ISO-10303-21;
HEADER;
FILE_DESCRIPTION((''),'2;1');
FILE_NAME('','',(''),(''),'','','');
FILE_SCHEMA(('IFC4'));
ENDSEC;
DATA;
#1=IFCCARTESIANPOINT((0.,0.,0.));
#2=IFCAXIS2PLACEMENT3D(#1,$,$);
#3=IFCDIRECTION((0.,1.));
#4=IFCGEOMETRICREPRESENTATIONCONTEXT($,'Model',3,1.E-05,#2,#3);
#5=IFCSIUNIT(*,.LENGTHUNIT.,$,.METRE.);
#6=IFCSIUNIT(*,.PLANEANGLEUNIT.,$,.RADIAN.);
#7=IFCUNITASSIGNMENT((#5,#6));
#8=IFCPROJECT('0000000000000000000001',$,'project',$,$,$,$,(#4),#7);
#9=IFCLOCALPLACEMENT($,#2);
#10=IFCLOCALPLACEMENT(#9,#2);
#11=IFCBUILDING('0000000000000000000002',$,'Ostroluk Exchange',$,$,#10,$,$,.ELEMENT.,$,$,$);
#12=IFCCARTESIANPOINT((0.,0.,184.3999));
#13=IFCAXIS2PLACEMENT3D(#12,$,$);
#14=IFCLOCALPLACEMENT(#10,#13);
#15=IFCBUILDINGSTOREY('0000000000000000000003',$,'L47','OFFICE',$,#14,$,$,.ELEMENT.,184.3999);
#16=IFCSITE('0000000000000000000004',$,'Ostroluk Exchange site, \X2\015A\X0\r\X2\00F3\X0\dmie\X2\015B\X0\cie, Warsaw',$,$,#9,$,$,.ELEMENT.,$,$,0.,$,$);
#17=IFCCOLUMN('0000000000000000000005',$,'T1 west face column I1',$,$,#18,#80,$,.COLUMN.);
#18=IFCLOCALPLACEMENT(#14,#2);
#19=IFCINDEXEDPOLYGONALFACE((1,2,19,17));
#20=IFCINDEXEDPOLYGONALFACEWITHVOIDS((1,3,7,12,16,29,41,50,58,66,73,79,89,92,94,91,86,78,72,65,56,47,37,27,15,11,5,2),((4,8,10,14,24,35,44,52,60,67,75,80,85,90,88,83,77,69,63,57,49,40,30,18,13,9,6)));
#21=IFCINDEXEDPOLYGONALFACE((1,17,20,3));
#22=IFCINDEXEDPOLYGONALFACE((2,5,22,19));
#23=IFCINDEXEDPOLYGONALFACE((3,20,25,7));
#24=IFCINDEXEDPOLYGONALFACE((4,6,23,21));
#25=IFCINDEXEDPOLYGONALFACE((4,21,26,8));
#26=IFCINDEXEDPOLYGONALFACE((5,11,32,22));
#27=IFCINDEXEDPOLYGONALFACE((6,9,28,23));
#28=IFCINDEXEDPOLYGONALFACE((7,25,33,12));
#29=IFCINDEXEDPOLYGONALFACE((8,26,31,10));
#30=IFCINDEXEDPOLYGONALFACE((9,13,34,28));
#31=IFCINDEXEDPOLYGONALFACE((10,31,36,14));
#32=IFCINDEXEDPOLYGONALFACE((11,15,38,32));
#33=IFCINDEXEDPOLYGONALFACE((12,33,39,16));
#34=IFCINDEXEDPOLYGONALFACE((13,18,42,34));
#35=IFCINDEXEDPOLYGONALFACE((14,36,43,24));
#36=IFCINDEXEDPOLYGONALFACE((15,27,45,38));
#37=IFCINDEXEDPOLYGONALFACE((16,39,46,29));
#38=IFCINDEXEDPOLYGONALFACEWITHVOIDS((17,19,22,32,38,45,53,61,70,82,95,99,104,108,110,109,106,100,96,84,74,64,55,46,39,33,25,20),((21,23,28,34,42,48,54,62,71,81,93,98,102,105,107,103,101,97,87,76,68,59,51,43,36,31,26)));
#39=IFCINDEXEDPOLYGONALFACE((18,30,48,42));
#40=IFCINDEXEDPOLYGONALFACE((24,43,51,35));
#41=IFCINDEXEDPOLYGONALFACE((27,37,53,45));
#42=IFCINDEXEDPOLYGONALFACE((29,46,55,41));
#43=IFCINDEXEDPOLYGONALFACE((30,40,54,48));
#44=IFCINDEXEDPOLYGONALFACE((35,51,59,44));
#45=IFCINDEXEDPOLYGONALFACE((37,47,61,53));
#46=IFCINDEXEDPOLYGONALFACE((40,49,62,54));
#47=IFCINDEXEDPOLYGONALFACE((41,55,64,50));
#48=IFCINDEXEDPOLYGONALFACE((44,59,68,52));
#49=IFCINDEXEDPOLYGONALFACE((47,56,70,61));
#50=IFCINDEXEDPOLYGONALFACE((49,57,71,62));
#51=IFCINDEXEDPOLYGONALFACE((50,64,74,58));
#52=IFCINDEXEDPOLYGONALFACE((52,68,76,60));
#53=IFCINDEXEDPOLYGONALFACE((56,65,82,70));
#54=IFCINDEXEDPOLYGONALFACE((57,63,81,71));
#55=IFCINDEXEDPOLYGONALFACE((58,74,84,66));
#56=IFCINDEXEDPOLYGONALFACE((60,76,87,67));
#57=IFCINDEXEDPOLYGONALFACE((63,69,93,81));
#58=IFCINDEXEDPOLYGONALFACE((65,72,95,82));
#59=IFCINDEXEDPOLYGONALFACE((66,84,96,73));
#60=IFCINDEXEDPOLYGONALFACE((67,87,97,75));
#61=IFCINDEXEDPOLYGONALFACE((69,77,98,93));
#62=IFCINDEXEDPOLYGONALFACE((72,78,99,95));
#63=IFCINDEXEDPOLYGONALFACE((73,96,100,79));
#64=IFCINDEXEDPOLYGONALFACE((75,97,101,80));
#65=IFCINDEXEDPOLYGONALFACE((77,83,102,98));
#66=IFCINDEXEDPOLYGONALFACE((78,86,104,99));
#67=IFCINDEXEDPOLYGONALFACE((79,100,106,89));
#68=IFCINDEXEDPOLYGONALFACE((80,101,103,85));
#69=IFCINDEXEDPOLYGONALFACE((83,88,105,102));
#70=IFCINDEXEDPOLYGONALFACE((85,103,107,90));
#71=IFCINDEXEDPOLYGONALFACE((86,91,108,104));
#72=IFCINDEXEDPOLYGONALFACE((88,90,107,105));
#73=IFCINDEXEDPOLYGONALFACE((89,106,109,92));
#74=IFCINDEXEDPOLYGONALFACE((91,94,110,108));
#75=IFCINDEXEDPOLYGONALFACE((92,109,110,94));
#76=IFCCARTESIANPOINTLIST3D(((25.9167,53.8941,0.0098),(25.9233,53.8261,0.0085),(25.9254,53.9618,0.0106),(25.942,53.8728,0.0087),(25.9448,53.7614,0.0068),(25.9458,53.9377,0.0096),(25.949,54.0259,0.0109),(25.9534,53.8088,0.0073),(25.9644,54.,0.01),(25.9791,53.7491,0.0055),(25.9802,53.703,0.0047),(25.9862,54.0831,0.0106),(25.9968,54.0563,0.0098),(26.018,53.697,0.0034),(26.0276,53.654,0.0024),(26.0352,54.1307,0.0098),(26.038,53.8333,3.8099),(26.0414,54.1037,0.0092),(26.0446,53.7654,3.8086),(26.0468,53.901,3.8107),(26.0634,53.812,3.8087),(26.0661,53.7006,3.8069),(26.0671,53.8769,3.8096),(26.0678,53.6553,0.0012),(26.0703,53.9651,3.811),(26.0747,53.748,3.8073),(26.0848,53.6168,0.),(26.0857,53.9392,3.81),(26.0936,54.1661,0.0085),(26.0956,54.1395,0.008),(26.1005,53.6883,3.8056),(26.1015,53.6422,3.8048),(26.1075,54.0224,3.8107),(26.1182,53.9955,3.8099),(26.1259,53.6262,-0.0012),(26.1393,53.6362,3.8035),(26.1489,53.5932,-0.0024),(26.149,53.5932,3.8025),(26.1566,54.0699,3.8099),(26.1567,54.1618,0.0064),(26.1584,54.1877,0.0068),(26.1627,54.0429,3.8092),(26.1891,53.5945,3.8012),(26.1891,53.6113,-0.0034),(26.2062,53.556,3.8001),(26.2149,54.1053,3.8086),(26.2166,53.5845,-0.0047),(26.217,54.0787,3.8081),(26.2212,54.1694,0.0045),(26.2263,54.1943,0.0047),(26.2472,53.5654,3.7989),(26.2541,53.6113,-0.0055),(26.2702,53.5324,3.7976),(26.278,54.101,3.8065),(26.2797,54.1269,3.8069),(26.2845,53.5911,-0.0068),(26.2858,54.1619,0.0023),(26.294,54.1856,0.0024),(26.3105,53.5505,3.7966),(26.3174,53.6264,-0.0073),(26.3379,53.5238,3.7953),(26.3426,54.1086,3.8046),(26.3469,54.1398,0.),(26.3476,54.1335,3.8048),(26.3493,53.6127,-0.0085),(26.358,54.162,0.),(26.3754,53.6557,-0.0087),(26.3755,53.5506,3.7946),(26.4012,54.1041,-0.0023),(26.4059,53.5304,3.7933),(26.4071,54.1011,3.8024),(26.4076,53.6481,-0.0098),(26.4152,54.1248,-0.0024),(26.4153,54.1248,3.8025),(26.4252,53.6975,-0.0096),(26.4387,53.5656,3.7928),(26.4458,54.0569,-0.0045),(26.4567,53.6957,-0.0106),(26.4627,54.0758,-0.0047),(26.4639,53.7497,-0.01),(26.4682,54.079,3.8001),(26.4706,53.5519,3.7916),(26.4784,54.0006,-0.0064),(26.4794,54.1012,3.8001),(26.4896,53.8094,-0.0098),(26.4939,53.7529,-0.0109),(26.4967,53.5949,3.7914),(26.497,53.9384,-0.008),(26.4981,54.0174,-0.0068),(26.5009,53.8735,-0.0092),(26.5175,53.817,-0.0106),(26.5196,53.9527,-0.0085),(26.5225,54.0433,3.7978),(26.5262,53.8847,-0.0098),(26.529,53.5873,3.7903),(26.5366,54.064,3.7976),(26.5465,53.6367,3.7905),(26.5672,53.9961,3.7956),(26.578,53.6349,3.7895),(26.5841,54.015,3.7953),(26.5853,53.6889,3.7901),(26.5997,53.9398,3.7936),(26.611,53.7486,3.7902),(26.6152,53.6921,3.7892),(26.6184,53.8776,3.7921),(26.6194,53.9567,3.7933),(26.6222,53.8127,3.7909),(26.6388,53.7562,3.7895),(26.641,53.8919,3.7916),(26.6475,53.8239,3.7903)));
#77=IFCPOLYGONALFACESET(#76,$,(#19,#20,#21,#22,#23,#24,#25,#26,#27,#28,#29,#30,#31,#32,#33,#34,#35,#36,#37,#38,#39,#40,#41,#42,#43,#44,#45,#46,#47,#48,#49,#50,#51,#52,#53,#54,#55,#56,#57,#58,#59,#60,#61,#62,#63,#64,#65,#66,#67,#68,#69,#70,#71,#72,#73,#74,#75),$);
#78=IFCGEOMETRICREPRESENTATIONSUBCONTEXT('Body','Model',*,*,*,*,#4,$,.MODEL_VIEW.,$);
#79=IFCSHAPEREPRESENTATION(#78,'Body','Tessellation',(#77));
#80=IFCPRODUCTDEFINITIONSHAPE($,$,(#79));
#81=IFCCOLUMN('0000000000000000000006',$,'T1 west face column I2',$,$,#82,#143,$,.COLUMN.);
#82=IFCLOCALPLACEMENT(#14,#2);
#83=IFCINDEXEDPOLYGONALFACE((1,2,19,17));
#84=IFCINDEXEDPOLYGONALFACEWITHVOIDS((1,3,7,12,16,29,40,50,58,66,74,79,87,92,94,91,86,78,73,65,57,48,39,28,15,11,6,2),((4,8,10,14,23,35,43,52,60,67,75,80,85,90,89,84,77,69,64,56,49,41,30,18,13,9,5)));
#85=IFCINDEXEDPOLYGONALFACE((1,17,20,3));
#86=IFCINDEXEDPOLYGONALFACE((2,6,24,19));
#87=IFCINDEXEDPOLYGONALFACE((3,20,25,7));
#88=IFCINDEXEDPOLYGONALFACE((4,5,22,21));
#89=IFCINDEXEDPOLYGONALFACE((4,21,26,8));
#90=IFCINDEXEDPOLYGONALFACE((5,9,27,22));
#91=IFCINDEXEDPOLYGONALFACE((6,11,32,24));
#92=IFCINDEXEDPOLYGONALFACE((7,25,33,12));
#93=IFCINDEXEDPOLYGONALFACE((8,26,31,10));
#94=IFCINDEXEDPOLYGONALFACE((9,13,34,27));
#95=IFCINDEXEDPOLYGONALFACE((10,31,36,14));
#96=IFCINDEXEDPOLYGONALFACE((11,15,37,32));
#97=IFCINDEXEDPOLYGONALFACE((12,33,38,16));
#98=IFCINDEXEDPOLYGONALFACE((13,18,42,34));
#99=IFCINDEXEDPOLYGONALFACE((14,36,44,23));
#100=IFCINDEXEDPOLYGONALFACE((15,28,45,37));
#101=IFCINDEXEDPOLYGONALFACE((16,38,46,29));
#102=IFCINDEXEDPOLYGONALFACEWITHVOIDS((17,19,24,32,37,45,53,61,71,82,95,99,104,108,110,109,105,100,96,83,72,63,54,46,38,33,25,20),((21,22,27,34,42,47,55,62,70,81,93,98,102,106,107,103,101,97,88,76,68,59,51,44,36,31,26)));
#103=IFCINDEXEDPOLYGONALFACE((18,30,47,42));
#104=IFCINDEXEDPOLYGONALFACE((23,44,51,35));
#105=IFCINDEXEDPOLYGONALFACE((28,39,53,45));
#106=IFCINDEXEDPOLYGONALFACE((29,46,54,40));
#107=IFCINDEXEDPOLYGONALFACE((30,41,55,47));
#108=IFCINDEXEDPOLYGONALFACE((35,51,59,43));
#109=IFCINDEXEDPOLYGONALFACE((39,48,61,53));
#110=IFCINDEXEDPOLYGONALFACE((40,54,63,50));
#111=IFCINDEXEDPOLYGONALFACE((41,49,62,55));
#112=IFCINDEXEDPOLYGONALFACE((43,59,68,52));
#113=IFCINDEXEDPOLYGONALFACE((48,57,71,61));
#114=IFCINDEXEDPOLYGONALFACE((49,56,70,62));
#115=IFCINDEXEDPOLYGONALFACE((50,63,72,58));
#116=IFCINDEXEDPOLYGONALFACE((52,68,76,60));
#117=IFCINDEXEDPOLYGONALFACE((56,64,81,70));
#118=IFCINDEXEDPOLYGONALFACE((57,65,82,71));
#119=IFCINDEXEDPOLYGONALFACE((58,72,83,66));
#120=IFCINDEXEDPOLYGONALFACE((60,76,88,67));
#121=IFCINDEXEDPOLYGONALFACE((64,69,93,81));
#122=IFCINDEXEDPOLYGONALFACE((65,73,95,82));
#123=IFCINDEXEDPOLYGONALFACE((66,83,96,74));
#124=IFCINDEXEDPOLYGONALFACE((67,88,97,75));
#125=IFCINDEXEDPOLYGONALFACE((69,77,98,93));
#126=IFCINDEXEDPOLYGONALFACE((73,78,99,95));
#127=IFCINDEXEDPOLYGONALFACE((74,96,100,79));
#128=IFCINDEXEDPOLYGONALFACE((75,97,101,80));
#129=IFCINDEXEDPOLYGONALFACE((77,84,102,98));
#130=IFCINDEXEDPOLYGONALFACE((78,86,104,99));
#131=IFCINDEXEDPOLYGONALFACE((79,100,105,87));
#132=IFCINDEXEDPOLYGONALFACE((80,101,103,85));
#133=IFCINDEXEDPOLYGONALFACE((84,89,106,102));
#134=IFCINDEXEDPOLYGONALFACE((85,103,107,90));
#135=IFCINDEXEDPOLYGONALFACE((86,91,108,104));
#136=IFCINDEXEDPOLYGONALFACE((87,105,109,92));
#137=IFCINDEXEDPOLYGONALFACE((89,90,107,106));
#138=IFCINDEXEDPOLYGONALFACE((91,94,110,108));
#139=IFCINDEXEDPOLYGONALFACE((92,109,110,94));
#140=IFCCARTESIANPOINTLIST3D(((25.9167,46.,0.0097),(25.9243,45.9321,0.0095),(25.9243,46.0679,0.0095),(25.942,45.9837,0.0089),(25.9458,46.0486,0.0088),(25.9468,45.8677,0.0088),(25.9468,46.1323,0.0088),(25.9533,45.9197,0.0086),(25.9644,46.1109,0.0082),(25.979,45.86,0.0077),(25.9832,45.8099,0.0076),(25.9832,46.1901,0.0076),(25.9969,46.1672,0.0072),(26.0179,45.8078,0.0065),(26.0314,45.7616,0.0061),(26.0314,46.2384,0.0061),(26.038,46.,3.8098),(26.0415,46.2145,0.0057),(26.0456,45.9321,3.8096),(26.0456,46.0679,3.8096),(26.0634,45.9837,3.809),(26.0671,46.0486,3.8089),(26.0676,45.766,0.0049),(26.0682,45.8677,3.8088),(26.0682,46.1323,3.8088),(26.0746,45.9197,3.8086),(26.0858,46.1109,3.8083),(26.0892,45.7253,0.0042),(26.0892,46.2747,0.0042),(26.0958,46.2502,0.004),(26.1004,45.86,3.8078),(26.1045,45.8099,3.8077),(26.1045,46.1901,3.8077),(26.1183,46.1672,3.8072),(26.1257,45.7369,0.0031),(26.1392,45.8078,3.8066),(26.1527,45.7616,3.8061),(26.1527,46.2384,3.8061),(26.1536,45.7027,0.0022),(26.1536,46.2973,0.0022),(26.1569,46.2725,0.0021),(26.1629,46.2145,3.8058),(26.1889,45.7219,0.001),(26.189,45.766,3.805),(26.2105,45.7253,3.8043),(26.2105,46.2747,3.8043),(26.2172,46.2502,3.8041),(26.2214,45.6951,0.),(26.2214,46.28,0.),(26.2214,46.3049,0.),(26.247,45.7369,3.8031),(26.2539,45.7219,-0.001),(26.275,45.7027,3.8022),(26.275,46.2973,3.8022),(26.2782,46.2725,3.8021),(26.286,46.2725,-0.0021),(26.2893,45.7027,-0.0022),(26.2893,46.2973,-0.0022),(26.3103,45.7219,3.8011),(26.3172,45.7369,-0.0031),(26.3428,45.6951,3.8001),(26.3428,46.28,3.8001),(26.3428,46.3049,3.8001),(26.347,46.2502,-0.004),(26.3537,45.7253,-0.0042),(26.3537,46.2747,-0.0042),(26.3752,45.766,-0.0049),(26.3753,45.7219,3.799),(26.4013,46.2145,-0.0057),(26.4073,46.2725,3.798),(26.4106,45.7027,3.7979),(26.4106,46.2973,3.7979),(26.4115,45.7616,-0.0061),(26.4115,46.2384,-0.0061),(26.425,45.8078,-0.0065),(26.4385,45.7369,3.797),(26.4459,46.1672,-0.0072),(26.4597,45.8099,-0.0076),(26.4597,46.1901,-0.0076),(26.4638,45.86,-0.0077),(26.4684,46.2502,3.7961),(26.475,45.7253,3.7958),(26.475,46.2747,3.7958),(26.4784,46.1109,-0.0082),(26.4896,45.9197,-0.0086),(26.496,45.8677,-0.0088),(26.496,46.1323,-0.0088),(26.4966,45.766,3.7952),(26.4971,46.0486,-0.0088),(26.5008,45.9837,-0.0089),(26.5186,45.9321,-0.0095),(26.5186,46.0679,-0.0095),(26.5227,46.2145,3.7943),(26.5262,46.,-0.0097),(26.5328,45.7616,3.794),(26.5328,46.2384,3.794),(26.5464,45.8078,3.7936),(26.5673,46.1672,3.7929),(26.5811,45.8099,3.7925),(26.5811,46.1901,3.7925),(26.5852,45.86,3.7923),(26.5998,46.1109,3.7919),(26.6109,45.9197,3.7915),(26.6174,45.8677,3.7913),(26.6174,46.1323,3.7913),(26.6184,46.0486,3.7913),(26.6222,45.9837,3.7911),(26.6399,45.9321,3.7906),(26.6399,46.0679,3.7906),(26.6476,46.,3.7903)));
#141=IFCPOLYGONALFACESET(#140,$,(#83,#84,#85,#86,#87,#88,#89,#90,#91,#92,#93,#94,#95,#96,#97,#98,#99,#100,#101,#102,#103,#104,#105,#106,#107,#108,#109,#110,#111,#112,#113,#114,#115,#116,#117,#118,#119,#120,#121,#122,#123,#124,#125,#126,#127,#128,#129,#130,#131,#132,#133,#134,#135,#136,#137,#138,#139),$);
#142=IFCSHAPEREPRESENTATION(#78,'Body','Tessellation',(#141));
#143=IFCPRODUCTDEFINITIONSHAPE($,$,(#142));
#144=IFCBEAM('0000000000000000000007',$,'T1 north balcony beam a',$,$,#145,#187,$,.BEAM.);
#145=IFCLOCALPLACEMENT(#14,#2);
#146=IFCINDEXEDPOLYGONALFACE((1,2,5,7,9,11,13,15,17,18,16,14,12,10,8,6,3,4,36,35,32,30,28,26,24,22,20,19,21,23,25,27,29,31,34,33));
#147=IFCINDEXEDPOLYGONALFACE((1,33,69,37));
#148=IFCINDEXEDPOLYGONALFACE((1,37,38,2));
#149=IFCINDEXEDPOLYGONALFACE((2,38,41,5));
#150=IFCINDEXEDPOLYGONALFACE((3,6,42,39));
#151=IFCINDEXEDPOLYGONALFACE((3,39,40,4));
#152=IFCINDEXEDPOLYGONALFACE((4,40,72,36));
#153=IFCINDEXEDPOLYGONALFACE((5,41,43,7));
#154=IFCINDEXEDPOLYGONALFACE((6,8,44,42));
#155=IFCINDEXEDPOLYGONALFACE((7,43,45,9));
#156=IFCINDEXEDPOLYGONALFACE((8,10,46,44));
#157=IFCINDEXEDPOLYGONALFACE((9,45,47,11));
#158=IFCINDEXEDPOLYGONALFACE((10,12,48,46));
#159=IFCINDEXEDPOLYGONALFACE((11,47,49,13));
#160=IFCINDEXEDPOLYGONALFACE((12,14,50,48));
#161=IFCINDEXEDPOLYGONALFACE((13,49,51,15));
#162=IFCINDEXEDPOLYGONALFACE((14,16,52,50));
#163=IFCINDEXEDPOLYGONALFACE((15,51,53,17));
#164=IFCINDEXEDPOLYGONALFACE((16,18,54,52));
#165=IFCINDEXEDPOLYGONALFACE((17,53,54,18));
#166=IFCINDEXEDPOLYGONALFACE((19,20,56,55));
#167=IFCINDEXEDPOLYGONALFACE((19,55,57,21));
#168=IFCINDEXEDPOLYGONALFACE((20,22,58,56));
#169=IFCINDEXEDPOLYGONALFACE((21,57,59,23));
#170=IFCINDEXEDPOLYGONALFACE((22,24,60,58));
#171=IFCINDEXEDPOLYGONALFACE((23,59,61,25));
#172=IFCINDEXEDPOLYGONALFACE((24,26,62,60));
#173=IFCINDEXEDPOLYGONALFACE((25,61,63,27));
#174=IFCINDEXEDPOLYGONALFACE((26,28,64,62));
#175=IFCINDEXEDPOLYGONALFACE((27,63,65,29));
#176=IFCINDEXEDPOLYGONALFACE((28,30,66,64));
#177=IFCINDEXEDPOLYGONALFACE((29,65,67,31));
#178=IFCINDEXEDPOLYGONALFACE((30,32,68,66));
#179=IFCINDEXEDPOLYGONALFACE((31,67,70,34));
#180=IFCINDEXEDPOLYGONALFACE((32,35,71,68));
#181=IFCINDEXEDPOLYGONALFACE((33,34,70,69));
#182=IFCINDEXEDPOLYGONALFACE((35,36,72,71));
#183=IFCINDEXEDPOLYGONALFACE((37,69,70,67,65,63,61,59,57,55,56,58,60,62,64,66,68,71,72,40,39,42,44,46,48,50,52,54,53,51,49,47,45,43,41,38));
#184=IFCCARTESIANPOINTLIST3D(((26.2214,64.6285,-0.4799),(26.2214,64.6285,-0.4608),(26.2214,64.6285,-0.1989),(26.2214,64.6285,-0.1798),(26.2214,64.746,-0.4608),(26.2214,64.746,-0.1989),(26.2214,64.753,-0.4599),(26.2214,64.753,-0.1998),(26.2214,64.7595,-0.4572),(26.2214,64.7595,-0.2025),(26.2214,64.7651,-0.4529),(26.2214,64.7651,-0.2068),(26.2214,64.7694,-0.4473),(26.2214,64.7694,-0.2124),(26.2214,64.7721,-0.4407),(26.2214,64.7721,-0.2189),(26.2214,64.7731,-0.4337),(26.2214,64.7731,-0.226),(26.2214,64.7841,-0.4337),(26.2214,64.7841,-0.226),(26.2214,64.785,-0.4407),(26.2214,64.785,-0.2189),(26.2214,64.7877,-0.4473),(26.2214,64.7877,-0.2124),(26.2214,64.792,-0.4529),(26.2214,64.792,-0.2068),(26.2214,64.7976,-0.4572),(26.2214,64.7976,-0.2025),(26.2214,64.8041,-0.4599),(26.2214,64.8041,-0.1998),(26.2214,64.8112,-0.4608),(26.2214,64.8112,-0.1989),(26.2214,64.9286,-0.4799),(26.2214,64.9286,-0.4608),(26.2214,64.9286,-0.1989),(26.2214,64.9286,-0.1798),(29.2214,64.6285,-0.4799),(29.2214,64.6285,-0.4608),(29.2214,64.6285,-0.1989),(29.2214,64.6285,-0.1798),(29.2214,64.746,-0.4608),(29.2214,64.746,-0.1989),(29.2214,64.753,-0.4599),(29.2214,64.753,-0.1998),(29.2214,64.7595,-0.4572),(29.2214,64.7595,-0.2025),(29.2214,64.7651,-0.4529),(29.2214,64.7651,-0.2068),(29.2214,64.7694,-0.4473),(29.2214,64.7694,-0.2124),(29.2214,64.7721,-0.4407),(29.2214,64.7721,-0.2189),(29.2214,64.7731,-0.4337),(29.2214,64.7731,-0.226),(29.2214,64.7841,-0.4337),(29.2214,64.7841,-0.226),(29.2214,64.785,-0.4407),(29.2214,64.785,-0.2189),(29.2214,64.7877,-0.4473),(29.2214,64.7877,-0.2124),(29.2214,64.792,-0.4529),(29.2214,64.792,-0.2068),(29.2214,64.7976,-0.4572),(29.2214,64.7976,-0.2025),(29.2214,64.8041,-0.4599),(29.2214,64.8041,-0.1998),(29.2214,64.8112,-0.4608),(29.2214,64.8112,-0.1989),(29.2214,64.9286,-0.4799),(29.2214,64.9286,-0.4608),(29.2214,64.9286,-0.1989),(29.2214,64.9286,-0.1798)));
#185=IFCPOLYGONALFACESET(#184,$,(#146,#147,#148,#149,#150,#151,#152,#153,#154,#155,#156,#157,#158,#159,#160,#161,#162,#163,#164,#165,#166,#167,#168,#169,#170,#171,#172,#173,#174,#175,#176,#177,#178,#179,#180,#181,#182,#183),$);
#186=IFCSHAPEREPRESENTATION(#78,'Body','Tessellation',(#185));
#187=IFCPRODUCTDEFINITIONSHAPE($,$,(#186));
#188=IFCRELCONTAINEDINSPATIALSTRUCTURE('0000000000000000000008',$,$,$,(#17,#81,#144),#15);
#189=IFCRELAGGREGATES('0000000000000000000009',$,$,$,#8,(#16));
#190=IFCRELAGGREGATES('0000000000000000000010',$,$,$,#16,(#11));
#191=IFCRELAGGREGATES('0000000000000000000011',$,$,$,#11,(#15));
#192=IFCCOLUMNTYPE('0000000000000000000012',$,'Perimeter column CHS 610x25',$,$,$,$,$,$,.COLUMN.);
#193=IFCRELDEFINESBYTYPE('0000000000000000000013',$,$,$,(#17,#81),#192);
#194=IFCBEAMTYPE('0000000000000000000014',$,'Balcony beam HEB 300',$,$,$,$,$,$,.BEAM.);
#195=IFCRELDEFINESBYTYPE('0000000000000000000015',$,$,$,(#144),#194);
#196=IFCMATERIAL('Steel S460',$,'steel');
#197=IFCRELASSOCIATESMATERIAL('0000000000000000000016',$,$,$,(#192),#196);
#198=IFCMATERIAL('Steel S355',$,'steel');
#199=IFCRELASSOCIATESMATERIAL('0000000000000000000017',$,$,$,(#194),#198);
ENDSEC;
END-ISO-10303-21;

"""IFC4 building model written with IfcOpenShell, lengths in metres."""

from ifc_helpers import new_model, si_unit, direction, frame, origin, origin_2d, place, context, subcontext, project, spatial, hollow_circle, i_section, extrude, material, material_profile, profile_set, type_object, element, save


model = new_model("IFC4")

# Units and contexts
model_context = context("Model", 3, precision=1e-05, world=origin(), true_north=direction((0.0, 1.0)))
body_context = subcontext(model_context, "Body", "Model", "MODEL_VIEW")
ifc_project = project(units=[si_unit("LENGTHUNIT", "METRE"), si_unit("PLANEANGLEUNIT", "RADIAN")], contexts=[model_context])

# Site, building, storey
site_placement = place(None, origin())
site = spatial("IfcSite", under=ifc_project, at=site_placement, Name="Ostroluk Exchange site, Śródmieście, Warsaw", CompositionType="ELEMENT", RefElevation=0.0)
building_placement = place(site_placement, origin())
building = spatial("IfcBuilding", under=site, at=building_placement, Name="Ostroluk Exchange", CompositionType="ELEMENT")
storey_placement = place(building_placement, frame((0.0, 0.0, 184.3999)))
storey = spatial("IfcBuildingStorey", under=building, at=storey_placement, Name="L47", Description="OFFICE", CompositionType="ELEMENT", Elevation=184.3999)

# Columns
ifc_material_1 = material(Name="Steel S460", Category="steel")
ifc_material_profile_1 = material_profile(ifc_material_1, hollow_circle(Radius=0.3049, WallThickness=0.0249, at=origin_2d()), Name="CHS 610x25")
ifc_profile_set_1 = profile_set([ifc_material_profile_1], Name="Steel S460")
column_type_1 = type_object("IfcColumnType", Name="Perimeter column CHS 610x25", PredefinedType="COLUMN", material=ifc_profile_set_1)
column_1_placement = place(storey_placement, frame((26.2214, 53.8894, 0.0), z_axis=(0.03191, -0.015987, 0.999363), x_axis=(0.447933, 0.894067, 0.0)))
element("IfcColumn", 1, at=column_1_placement, inside=storey, type_object=column_type_1, Name="T1 west face column I1", PredefinedType="COLUMN", context=body_context, shape_type="SweptSolid", body=[
    extrude(hollow_circle(Radius=0.3049, WallThickness=0.0249, at=origin_2d()), origin(), (0.0, 0.0, 1.0), 3.8025),
])
column_2_placement = place(storey_placement, frame((26.2214, 46.0, 0.0), z_axis=(0.031914, 0.0, 0.999491), x_axis=(0.0, 1.0, 0.0)))
element("IfcColumn", 2, at=column_2_placement, inside=storey, type_object=column_type_1, Name="T1 west face column I2", PredefinedType="COLUMN", context=body_context, shape_type="SweptSolid", body=[
    extrude(hollow_circle(Radius=0.3049, WallThickness=0.0249, at=origin_2d()), origin(), (0.0, 0.0, 1.0), 3.802),
])

# Beam
ifc_material_2 = material(Name="Steel S355", Category="steel")
ifc_material_profile_2 = material_profile(ifc_material_2, i_section(OverallWidth=0.3, OverallDepth=0.3, WebThickness=0.011, FlangeThickness=0.019, FilletRadius=0.0271, at=origin_2d()), Name="HEB 300")
ifc_profile_set_2 = profile_set([ifc_material_profile_2], Name="Steel S355")
beam_type_1 = type_object("IfcBeamType", Name="Balcony beam HEB 300", PredefinedType="BEAM", material=ifc_profile_set_2)
for number, where, z_axis, x_axis, name in (
    (3, (29.2214, 64.7786, -0.3298), (-1.0, 0.0, 0.0), (0.0, -1.0, 0.0), "T1 north balcony beam a"),
):
    element("IfcBeam", number, at=place(storey_placement, frame(where, z_axis=z_axis, x_axis=x_axis)), inside=storey, type_object=beam_type_1, Name=name, PredefinedType="BEAM", context=body_context, shape_type="SweptSolid", body=[
        extrude(i_section(OverallWidth=0.3, OverallDepth=0.3, WebThickness=0.011, FlangeThickness=0.019, FilletRadius=0.0271, at=origin_2d()), origin(), (0.0, 0.0, 1.0), 3.0),
    ])

save(model, "model.ifc")
